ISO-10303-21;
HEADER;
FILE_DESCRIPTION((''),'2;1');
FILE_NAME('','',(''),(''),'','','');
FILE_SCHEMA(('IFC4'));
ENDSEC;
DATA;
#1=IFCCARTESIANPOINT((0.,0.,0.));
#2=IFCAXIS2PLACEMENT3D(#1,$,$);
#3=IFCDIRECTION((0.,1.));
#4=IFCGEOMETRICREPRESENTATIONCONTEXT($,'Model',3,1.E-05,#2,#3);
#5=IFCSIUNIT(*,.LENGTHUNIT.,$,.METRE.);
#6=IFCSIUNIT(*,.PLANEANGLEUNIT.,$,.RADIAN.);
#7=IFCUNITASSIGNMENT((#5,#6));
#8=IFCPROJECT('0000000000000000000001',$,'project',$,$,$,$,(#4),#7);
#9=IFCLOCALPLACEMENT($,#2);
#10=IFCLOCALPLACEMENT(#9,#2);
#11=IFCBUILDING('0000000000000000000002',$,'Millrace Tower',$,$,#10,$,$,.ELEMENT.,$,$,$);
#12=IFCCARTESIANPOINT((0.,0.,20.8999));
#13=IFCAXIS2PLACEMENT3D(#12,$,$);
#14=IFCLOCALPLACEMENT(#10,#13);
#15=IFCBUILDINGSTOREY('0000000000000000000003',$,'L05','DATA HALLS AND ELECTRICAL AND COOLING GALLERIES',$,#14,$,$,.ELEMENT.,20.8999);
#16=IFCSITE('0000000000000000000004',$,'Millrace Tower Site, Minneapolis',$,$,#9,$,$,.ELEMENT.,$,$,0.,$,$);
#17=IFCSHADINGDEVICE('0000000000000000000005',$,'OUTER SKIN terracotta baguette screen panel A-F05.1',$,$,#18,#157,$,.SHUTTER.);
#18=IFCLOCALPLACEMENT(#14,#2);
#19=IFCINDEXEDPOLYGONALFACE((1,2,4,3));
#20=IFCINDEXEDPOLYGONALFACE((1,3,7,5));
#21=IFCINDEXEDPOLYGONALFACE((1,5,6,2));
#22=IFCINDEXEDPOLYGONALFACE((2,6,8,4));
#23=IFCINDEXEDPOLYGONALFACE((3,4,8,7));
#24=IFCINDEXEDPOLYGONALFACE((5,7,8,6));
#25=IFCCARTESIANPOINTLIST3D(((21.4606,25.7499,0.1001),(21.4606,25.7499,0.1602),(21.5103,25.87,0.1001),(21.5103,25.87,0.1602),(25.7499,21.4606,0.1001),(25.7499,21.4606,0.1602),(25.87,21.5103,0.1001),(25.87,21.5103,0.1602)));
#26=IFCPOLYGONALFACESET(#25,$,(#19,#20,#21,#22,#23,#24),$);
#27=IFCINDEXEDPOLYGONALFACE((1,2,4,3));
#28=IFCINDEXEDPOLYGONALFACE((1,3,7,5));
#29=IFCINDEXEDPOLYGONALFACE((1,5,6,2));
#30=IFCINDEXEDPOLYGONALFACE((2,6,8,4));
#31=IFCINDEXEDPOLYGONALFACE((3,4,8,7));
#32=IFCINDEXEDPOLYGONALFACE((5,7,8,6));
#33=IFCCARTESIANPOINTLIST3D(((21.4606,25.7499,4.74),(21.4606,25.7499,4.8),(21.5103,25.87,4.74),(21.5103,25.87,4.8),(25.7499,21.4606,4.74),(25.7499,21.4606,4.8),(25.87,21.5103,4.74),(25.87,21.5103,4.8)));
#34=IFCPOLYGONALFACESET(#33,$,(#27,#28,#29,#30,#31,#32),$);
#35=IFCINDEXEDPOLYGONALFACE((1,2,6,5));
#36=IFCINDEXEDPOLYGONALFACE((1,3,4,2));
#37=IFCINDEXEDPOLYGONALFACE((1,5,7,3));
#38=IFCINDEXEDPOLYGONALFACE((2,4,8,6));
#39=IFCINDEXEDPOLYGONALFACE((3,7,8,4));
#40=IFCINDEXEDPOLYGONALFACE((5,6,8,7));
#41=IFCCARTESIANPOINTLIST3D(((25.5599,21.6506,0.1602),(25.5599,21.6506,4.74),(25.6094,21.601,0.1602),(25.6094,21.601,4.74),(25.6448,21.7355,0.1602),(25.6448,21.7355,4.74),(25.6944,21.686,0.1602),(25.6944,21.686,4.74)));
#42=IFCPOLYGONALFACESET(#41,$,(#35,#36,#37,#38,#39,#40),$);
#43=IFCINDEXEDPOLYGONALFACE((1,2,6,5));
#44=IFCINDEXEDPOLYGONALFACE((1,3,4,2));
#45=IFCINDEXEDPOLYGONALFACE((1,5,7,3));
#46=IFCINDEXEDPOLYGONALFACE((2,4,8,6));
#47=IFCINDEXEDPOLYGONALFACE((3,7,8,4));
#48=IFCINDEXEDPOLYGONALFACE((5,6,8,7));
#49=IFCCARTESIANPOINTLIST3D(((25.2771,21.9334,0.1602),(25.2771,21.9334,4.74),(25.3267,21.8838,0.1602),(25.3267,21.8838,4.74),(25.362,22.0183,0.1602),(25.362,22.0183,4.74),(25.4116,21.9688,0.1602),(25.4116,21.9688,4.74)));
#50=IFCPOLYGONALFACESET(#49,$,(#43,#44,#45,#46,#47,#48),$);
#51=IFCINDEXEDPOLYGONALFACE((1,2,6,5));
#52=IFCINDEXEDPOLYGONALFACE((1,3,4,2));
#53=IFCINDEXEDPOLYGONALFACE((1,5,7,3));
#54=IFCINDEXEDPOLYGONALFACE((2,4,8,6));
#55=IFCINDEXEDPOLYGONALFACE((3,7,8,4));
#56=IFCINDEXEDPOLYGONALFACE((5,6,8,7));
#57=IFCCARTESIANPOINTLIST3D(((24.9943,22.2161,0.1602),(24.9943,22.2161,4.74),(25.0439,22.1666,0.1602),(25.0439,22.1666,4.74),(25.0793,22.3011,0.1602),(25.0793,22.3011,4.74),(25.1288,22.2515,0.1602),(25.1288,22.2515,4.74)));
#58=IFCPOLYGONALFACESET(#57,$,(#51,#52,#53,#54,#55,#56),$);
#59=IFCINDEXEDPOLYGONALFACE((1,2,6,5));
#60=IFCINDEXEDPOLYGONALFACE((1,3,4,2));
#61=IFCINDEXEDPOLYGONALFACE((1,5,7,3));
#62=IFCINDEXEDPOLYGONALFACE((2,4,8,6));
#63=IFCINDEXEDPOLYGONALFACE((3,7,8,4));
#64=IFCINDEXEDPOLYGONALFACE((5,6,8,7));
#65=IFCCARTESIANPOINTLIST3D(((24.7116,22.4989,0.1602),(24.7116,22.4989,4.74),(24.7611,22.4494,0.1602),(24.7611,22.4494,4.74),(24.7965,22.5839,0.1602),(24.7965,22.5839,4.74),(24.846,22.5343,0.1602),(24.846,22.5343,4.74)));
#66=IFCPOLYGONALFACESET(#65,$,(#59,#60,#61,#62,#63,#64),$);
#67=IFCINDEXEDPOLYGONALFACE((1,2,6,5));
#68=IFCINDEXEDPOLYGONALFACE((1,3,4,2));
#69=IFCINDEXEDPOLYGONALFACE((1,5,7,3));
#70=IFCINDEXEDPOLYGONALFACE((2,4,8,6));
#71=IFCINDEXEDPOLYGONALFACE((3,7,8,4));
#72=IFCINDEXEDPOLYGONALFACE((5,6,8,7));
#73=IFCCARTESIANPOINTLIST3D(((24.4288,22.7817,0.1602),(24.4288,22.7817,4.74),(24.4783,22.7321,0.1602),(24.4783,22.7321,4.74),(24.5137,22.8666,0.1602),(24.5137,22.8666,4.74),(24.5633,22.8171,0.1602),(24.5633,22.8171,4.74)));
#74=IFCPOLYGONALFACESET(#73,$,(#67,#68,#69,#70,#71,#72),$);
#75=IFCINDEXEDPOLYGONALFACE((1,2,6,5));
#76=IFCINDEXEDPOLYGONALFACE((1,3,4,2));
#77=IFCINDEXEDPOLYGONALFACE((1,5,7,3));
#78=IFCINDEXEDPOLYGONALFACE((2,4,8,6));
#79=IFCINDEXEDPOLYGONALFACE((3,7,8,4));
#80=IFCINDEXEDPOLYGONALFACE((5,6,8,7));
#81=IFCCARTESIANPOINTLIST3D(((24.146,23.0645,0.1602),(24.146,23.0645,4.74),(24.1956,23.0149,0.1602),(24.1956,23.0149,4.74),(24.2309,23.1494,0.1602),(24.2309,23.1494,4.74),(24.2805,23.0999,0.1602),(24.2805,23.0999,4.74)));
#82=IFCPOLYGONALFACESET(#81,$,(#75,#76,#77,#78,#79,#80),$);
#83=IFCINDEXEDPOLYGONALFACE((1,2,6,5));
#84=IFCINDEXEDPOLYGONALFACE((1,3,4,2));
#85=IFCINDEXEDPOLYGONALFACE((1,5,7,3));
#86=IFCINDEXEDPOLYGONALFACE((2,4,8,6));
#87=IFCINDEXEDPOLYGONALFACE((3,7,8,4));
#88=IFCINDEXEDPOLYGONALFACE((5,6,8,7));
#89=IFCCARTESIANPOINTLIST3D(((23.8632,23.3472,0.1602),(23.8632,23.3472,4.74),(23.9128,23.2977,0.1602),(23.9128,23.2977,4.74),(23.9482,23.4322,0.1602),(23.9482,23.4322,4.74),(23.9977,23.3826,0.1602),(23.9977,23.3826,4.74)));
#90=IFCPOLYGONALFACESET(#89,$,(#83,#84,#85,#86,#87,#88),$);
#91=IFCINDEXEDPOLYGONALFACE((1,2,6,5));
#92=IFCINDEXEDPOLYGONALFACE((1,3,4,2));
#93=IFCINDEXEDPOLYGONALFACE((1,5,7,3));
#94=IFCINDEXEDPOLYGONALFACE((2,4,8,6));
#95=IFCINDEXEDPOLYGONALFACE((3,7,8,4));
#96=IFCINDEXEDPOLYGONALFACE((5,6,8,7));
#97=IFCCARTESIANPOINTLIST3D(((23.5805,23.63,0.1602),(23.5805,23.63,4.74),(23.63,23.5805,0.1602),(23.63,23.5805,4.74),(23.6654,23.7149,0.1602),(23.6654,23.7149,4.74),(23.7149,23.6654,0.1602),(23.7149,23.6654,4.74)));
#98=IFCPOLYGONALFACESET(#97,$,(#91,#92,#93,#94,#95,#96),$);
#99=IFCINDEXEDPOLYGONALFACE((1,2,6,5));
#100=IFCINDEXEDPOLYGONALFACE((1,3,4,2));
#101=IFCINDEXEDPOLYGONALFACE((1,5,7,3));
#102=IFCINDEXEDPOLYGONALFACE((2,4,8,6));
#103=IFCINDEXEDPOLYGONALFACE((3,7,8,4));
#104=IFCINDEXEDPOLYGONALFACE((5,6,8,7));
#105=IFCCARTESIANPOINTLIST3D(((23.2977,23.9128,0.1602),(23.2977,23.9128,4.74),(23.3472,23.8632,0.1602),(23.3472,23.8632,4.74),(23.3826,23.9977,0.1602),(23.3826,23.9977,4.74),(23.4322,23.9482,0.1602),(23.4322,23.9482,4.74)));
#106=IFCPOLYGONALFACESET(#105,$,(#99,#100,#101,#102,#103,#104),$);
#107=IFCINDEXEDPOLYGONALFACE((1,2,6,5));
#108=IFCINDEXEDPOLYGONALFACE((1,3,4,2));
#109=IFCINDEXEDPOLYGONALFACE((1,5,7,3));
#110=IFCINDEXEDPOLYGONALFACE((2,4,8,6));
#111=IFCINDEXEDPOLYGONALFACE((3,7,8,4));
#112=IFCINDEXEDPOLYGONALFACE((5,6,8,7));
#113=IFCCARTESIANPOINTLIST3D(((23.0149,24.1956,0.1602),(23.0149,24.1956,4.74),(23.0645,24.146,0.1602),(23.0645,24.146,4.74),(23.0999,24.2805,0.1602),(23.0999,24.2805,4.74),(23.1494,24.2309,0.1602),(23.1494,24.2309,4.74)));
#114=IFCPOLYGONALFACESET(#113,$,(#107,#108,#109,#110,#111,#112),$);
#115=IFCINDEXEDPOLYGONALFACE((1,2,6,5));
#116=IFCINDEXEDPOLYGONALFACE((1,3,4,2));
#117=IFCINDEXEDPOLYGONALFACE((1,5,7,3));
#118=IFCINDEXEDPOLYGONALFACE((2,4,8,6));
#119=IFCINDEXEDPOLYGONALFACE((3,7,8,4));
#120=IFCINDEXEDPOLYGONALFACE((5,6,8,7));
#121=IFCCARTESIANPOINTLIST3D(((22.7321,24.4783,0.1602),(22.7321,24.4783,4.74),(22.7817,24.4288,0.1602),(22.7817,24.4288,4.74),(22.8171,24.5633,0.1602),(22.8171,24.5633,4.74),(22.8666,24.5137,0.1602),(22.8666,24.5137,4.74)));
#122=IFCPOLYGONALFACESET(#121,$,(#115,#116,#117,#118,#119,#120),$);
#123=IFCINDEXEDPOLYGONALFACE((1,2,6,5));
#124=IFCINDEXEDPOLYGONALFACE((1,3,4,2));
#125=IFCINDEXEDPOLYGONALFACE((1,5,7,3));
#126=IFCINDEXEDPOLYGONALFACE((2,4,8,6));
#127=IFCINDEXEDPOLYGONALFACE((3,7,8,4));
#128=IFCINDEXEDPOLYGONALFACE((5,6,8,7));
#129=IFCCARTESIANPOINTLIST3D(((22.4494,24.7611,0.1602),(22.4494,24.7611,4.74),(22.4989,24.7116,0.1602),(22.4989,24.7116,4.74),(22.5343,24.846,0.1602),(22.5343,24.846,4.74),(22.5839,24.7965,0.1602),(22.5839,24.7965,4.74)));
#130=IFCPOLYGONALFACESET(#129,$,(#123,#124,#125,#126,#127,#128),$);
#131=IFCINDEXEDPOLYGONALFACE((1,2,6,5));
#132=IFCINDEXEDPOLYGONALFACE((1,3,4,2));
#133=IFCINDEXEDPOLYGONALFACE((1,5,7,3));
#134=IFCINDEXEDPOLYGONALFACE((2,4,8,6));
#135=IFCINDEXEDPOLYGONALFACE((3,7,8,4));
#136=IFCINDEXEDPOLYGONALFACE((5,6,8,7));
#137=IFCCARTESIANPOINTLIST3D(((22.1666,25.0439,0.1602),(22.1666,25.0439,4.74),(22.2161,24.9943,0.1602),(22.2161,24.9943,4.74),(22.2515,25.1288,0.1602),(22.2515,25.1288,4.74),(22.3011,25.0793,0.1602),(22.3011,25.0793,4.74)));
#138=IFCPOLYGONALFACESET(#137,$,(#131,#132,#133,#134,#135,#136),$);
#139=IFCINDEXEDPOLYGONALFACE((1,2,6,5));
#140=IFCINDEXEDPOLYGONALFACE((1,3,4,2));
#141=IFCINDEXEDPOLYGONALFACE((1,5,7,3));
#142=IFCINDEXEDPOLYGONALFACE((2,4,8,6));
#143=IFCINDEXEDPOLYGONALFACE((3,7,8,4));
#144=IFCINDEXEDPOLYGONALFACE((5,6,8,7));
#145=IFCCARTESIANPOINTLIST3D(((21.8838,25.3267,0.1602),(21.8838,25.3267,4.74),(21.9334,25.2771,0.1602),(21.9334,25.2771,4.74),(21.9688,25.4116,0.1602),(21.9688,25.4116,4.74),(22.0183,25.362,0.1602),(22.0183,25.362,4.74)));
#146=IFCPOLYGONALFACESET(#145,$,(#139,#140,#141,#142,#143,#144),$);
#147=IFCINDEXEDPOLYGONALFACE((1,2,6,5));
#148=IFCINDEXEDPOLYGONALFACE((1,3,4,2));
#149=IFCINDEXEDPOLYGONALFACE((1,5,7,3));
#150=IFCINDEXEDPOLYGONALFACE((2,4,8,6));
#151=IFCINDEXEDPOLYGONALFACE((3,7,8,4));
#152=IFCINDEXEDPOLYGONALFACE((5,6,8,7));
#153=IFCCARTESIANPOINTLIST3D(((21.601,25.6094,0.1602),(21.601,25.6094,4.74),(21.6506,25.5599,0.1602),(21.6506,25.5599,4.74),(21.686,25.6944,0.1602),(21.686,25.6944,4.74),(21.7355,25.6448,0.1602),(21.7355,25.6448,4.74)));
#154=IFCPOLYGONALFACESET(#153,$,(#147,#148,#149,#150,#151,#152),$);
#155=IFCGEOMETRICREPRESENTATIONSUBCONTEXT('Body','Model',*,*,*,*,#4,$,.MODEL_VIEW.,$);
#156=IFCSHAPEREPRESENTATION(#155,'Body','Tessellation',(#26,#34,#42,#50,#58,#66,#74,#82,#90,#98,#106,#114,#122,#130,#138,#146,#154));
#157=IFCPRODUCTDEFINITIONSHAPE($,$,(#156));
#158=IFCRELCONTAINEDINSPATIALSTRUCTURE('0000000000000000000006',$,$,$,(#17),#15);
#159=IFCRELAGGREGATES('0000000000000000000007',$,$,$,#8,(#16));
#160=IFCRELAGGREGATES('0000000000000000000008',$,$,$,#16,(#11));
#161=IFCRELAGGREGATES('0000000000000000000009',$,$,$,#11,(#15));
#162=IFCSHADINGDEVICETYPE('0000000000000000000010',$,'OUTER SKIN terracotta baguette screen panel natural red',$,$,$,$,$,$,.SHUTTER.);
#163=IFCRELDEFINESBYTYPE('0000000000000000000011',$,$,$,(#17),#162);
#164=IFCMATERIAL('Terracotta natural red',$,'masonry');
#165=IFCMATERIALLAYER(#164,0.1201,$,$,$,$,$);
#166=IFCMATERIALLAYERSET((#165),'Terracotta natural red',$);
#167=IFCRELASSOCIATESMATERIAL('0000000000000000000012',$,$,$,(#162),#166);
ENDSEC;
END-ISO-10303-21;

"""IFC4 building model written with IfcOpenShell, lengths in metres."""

from ifc_helpers import new_model, entity, si_unit, direction, frame, frame_2d, origin, origin_2d, place, context, subcontext, project, spatial, rectangle, extrude, source, transform, mapped, material, layer, layer_set, type_object, element, save


model = new_model("IFC4")

# Units and contexts
model_context = context("Model", 3, precision=1e-05, world=origin(), true_north=direction((0.0, 1.0)))
body_context = subcontext(model_context, "Body", "Model", "MODEL_VIEW")
ifc_project = project(units=[si_unit("LENGTHUNIT", "METRE"), si_unit("PLANEANGLEUNIT", "RADIAN")], contexts=[model_context])

# Site, building, storey
site_placement = place(None, origin())
site = spatial("IfcSite", under=ifc_project, at=site_placement, Name="Millrace Tower Site, Minneapolis", CompositionType="ELEMENT", RefElevation=0.0)
building_placement = place(site_placement, origin())
building = spatial("IfcBuilding", under=site, at=building_placement, Name="Millrace Tower", CompositionType="ELEMENT")
storey_placement = place(building_placement, frame((0.0, 0.0, 20.8999)))
storey = spatial("IfcBuildingStorey", under=building, at=storey_placement, Name="L05", Description="DATA HALLS AND ELECTRICAL AND COOLING GALLERIES", CompositionType="ELEMENT", Elevation=20.8999)

# Shading device
ifc_material_1 = material(Name="Terracotta natural red", Category="masonry")
ifc_layer_1 = layer(ifc_material_1, 0.1201)
ifc_layer_set_1 = layer_set([ifc_layer_1], Name="Terracotta natural red")
shading_device_type_1 = type_object("IfcShadingDeviceType", Name="OUTER SKIN terracotta baguette screen panel natural red", PredefinedType="SHUTTER", material=ifc_layer_set_1)
cartesian_point_1 = entity("IfcCartesianPoint", [-3.033, 0.0601])
shared_polyline_1 = entity("IfcPolyline", [cartesian_point_1, entity("IfcCartesianPoint", [3.033, 0.0601]), entity("IfcCartesianPoint", [3.0828, -0.0601]), entity("IfcCartesianPoint", [-3.0828, -0.0601]), cartesian_point_1])
shared_shape_1 = source(origin(), body_context, "Body", "SweptSolid", [
    entity("IfcExtrudedAreaSolid", entity("IfcArbitraryClosedProfileDef", "AREA", None, shared_polyline_1), entity("IfcAxis2Placement3D", entity("IfcCartesianPoint", [0.0, 0.0, 0.0])), entity("IfcDirection", [0.0, 0.0, 1.0]), 0.0601),
    entity("IfcExtrudedAreaSolid", entity("IfcArbitraryClosedProfileDef", "AREA", None, shared_polyline_1), entity("IfcAxis2Placement3D", entity("IfcCartesianPoint", [0.0, 0.0, 4.6399])), entity("IfcDirection", [0.0, 0.0, 1.0]), 0.0601),
    extrude(rectangle(XDim=0.0701, YDim=0.1201, at=frame_2d((-2.7993, 0.0))), frame((0.0, 0.0, 0.0601)), (0.0, 0.0, 1.0), 4.5798),
    extrude(rectangle(XDim=0.0701, YDim=0.1201, at=frame_2d((-2.3994, 0.0))), frame((0.0, 0.0, 0.0601)), (0.0, 0.0, 1.0), 4.5798),
    extrude(rectangle(XDim=0.0701, YDim=0.1201, at=frame_2d((-1.9995, 0.0))), frame((0.0, 0.0, 0.0601)), (0.0, 0.0, 1.0), 4.5798),
    extrude(rectangle(XDim=0.0701, YDim=0.1201, at=frame_2d((-1.5996, 0.0))), frame((0.0, 0.0, 0.0601)), (0.0, 0.0, 1.0), 4.5798),
    extrude(rectangle(XDim=0.0701, YDim=0.1201, at=frame_2d((-1.1997, 0.0))), frame((0.0, 0.0, 0.0601)), (0.0, 0.0, 1.0), 4.5798),
    extrude(rectangle(XDim=0.0701, YDim=0.1201, at=frame_2d((-0.7998, 0.0))), frame((0.0, 0.0, 0.0601)), (0.0, 0.0, 1.0), 4.5798),
    extrude(rectangle(XDim=0.0701, YDim=0.1201, at=frame_2d((-0.3999, 0.0))), frame((0.0, 0.0, 0.0601)), (0.0, 0.0, 1.0), 4.5798),
    extrude(rectangle(XDim=0.0701, YDim=0.1201, at=origin_2d()), frame((0.0, 0.0, 0.0601)), (0.0, 0.0, 1.0), 4.5798),
    extrude(rectangle(XDim=0.0701, YDim=0.1201, at=frame_2d((0.3999, 0.0))), frame((0.0, 0.0, 0.0601)), (0.0, 0.0, 1.0), 4.5798),
    extrude(rectangle(XDim=0.0701, YDim=0.1201, at=frame_2d((0.7998, 0.0))), frame((0.0, 0.0, 0.0601)), (0.0, 0.0, 1.0), 4.5798),
    extrude(rectangle(XDim=0.0701, YDim=0.1201, at=frame_2d((1.1997, 0.0))), frame((0.0, 0.0, 0.0601)), (0.0, 0.0, 1.0), 4.5798),
    extrude(rectangle(XDim=0.0701, YDim=0.1201, at=frame_2d((1.5996, 0.0))), frame((0.0, 0.0, 0.0601)), (0.0, 0.0, 1.0), 4.5798),
    extrude(rectangle(XDim=0.0701, YDim=0.1201, at=frame_2d((1.9995, 0.0))), frame((0.0, 0.0, 0.0601)), (0.0, 0.0, 1.0), 4.5798),
    extrude(rectangle(XDim=0.0701, YDim=0.1201, at=frame_2d((2.3994, 0.0))), frame((0.0, 0.0, 0.0601)), (0.0, 0.0, 1.0), 4.5798),
    extrude(rectangle(XDim=0.0701, YDim=0.1201, at=frame_2d((2.7993, 0.0))), frame((0.0, 0.0, 0.0601)), (0.0, 0.0, 1.0), 4.5798),
])
shading_device_1_placement = place(storey_placement, frame((23.6477, 23.6477, 0.1001), z_axis=(0.0, 0.0, 1.0), x_axis=(-0.707107, 0.707107, 0.0)))
element("IfcShadingDevice", 1, at=shading_device_1_placement, inside=storey, type_object=shading_device_type_1, Name="OUTER SKIN terracotta baguette screen panel A-F05.1", PredefinedType="SHUTTER", context=body_context, shape_type="MappedRepresentation", body=[
    mapped(shared_shape_1, transform((0.0, 0.0, 0.0), scale=1.0)),
])

save(model, "model.ifc")
